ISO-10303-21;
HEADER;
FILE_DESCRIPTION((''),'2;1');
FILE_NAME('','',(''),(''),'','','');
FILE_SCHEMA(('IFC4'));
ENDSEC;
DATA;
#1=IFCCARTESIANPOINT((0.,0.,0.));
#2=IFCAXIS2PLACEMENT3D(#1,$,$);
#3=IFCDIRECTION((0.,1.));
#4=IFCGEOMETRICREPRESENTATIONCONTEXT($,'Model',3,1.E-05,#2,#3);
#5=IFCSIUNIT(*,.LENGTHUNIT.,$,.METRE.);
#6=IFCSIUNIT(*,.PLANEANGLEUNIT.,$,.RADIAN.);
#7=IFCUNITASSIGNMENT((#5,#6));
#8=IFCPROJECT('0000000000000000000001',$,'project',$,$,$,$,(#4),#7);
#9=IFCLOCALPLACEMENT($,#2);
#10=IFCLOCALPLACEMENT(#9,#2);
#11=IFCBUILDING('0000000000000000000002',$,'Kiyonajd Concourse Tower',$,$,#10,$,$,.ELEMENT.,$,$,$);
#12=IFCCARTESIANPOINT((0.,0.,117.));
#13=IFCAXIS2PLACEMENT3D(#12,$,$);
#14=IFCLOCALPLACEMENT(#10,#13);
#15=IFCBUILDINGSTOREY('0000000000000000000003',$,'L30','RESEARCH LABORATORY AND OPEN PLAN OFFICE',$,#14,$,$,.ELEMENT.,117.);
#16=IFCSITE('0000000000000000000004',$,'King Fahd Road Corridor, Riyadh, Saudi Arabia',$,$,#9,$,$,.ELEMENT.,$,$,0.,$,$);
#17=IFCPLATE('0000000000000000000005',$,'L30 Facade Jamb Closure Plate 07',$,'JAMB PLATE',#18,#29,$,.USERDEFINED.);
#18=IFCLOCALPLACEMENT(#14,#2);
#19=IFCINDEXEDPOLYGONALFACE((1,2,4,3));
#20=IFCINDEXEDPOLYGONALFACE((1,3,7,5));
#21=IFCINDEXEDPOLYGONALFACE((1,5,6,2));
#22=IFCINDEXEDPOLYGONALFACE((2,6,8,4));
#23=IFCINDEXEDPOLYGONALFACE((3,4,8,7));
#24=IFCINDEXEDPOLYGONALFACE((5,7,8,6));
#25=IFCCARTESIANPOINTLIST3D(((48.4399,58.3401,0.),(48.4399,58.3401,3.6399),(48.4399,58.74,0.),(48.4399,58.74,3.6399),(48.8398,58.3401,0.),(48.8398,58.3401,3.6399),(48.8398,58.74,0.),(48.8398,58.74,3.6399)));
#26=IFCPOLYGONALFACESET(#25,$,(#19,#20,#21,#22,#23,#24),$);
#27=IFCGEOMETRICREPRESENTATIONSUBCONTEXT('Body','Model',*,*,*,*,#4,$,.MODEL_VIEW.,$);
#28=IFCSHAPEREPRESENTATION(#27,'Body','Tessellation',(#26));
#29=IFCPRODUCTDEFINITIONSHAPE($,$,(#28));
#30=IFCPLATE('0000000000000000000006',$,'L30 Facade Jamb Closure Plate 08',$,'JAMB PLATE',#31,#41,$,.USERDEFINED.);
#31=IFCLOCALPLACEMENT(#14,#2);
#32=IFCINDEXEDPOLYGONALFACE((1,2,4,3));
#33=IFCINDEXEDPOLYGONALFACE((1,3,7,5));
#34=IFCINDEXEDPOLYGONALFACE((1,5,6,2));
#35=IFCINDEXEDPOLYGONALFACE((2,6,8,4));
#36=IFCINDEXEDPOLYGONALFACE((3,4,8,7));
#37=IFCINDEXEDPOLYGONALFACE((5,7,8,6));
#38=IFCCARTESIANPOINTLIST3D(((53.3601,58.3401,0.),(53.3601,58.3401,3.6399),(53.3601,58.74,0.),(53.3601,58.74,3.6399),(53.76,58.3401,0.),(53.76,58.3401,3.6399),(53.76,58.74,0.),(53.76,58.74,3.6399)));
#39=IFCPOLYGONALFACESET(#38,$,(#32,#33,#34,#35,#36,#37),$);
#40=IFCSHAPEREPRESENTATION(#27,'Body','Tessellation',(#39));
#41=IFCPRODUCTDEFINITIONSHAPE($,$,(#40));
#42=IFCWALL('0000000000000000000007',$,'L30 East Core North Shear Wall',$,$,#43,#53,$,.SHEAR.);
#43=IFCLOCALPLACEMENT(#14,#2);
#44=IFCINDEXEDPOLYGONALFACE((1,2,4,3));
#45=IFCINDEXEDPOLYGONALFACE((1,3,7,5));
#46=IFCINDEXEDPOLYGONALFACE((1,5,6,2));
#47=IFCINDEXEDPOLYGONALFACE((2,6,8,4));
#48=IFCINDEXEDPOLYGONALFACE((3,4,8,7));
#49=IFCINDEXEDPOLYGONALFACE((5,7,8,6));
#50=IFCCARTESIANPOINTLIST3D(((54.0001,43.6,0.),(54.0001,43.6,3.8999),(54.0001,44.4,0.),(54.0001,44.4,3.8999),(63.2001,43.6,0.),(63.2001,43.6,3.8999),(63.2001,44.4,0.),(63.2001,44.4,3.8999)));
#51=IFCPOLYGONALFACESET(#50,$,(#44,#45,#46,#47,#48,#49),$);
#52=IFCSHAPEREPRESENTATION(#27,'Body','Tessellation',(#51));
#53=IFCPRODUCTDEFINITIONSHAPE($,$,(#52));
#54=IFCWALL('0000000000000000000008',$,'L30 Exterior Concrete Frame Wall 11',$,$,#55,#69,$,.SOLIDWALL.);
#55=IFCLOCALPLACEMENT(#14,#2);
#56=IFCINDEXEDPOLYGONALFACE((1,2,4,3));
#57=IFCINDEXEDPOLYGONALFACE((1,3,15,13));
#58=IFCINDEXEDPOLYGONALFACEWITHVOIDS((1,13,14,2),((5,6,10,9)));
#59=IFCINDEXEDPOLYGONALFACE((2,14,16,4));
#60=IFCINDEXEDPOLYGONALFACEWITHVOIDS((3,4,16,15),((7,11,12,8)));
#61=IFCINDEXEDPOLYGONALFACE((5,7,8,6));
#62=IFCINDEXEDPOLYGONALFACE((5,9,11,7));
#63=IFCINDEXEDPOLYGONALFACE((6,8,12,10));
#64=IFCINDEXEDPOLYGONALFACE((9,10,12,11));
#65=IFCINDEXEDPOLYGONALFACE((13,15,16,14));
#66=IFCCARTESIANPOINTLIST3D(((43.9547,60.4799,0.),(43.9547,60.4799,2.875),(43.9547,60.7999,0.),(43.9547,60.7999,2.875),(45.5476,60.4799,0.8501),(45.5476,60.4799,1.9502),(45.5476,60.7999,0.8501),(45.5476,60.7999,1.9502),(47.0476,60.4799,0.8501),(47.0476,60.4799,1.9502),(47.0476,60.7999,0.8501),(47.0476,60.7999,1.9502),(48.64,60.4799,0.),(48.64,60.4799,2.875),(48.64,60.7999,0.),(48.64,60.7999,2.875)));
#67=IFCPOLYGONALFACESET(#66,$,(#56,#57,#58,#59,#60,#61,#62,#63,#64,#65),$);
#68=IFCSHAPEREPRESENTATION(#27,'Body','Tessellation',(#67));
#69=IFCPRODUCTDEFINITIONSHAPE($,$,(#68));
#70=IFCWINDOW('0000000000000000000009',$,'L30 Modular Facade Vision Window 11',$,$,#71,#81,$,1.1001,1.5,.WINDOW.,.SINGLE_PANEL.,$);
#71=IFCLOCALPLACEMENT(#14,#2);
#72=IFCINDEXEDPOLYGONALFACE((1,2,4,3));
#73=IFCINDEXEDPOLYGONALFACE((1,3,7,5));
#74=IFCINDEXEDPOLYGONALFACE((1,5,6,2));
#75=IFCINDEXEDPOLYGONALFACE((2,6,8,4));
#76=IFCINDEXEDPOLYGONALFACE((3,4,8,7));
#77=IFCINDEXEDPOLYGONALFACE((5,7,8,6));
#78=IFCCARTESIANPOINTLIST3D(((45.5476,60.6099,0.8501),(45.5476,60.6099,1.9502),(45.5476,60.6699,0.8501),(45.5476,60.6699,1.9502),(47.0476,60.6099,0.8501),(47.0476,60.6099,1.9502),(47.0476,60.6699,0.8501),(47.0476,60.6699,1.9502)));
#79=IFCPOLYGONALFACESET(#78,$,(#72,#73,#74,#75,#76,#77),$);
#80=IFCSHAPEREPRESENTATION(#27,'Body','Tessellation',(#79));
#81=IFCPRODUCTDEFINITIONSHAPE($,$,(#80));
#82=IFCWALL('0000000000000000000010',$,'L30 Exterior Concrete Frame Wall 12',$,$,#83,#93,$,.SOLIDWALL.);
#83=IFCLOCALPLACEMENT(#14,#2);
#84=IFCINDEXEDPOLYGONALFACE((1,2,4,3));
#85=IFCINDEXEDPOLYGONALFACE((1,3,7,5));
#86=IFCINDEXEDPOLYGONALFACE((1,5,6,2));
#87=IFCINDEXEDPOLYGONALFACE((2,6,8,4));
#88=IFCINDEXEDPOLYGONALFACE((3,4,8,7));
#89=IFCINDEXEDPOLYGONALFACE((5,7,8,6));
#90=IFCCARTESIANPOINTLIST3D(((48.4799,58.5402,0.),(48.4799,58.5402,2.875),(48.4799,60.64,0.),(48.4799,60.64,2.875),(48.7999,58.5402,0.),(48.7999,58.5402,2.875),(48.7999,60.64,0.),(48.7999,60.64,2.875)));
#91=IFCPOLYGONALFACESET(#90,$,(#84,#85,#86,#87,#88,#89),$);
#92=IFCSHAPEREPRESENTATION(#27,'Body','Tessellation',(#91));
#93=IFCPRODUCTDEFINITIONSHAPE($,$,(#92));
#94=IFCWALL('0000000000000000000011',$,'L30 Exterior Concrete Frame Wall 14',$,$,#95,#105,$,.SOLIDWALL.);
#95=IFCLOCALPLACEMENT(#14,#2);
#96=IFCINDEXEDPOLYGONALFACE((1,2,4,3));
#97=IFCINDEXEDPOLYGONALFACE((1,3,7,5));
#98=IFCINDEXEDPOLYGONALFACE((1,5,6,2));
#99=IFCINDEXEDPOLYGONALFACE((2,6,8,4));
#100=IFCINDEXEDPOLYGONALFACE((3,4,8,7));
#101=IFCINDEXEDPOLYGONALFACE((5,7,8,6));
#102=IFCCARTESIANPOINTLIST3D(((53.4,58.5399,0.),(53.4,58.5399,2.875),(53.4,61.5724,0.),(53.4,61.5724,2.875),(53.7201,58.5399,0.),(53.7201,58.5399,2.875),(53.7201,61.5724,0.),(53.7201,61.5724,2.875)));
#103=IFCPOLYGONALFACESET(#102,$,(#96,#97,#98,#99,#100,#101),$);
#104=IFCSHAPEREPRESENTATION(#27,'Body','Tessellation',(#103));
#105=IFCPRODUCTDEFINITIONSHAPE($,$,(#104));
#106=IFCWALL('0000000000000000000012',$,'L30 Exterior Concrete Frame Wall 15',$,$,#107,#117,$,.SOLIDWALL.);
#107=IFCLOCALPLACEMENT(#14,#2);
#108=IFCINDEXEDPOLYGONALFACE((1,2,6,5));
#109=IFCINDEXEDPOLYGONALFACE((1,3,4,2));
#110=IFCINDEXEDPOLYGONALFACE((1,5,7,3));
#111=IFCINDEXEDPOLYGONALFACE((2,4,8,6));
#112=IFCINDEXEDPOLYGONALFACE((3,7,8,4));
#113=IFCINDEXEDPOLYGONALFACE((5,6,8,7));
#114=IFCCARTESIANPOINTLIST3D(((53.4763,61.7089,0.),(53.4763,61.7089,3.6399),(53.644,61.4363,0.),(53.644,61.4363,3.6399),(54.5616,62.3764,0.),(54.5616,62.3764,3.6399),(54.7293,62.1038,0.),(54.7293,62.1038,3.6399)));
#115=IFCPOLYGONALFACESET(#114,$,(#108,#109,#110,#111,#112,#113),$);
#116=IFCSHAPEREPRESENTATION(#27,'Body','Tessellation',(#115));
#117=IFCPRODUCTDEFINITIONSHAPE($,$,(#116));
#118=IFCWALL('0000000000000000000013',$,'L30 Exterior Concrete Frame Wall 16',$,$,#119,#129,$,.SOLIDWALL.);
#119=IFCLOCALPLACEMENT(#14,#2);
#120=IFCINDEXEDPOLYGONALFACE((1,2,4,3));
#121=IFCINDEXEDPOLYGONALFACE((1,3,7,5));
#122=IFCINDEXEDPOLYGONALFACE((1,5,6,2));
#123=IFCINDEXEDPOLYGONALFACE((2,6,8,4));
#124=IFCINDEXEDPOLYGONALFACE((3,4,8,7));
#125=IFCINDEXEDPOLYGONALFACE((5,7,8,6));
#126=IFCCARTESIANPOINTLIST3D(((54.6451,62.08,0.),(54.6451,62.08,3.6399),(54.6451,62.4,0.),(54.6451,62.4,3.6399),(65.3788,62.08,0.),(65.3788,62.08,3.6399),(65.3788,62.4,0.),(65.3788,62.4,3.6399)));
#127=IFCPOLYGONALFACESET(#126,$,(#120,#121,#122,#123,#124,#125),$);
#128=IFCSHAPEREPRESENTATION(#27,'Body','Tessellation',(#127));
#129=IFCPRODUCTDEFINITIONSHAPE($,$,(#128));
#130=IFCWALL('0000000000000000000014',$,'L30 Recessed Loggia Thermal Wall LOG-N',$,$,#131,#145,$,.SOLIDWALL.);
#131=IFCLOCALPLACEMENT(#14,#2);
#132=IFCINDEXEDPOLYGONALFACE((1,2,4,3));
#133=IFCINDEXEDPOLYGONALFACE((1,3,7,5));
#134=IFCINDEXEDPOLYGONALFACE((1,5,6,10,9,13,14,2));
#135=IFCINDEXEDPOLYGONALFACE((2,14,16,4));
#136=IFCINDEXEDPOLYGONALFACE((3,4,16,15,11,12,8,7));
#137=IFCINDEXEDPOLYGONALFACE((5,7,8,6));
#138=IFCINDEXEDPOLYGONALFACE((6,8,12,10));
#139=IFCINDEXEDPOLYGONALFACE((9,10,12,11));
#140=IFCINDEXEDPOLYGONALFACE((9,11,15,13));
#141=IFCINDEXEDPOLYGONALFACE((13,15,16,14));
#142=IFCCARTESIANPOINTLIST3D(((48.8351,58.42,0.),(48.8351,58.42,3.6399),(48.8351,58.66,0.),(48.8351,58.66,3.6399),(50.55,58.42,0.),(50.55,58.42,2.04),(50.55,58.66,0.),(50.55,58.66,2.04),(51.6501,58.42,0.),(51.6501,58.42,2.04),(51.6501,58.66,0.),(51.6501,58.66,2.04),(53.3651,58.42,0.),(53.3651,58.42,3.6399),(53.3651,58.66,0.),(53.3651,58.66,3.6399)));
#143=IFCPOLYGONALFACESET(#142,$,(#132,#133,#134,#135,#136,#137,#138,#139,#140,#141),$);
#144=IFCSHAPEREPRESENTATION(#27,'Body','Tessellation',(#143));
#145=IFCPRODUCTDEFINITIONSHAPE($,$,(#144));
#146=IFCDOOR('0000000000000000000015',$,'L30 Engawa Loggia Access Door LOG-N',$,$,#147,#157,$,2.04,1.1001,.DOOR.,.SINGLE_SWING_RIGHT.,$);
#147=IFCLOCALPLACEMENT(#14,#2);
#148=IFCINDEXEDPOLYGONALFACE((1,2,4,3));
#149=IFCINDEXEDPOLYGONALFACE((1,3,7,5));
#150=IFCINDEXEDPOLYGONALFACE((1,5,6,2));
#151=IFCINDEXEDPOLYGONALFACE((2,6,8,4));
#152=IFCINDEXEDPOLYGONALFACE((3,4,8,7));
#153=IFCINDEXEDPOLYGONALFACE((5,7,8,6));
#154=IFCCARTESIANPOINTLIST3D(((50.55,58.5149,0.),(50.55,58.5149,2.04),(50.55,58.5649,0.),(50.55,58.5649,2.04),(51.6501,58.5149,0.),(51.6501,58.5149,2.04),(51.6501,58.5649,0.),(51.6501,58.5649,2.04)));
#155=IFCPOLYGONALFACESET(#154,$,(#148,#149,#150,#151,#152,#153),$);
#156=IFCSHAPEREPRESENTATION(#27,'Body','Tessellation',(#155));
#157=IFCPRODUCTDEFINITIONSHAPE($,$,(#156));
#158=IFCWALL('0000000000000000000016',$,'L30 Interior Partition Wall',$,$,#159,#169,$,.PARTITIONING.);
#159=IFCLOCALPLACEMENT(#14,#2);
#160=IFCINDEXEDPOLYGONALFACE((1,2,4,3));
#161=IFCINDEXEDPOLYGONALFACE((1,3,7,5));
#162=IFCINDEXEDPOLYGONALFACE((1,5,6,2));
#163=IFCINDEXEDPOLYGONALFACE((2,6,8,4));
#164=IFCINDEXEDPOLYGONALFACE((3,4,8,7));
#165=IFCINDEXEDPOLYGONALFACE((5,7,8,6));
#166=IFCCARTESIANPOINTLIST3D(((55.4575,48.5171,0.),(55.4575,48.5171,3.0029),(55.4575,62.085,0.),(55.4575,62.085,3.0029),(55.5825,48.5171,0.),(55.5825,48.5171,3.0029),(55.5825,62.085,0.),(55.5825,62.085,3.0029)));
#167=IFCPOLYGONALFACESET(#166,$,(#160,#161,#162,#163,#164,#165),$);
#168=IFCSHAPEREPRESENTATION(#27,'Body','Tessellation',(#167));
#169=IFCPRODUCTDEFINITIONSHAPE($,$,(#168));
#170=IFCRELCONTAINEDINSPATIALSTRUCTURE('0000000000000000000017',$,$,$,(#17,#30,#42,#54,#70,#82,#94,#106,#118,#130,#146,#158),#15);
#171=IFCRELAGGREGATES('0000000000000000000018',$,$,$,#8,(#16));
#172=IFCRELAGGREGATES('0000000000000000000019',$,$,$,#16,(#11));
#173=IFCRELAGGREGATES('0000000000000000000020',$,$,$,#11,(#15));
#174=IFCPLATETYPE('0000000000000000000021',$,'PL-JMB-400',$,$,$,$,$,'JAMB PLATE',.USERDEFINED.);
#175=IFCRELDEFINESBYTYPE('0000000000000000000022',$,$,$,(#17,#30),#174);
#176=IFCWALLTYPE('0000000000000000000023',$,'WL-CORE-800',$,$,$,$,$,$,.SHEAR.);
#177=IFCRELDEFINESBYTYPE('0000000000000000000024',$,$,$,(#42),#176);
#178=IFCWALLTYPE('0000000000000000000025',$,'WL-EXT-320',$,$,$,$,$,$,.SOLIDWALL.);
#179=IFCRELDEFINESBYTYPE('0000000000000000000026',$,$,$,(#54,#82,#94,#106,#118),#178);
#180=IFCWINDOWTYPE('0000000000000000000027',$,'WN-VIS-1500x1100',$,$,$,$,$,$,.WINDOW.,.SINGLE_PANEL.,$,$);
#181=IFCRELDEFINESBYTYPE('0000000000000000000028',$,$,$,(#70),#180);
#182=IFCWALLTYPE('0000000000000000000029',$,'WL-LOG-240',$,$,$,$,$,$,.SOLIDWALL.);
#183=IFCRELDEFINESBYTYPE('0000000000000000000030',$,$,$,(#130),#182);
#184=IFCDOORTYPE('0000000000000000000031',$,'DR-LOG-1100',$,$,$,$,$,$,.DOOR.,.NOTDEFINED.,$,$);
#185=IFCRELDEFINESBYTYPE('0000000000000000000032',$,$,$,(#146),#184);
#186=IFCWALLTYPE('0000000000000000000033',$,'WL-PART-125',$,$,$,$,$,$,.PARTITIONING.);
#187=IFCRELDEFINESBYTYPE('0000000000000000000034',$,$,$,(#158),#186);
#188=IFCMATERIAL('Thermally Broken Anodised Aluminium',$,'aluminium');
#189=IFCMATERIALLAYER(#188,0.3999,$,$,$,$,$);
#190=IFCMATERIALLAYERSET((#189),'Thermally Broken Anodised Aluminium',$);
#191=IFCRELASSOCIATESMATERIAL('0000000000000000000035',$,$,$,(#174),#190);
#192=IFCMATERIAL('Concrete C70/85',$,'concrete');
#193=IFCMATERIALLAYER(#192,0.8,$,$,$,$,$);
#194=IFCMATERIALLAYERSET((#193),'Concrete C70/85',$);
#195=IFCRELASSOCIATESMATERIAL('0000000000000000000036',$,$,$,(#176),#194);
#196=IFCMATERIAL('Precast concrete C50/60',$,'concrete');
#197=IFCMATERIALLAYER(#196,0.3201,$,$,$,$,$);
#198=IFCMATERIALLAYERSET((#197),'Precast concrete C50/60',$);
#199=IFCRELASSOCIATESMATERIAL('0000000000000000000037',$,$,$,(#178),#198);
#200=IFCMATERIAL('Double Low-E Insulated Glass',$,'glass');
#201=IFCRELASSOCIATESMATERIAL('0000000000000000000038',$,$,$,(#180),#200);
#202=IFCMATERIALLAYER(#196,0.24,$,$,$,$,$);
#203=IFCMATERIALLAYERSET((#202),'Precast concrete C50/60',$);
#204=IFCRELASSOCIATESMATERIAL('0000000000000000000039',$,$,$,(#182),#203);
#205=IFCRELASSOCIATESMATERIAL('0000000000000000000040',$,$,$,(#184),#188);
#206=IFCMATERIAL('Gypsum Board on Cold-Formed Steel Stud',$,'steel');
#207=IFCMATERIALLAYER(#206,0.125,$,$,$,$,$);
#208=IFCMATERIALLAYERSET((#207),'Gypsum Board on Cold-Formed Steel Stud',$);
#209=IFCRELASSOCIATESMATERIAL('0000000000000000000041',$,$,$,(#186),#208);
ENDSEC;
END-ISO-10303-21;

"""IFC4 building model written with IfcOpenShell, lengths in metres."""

from ifc_helpers import new_model, si_unit, direction, frame, frame_2d, origin, origin_2d, place, context, subcontext, project, spatial, rectangle, extrude, material, layer, layer_set, type_object, element, fill, save


model = new_model("IFC4")

# Units and contexts
model_context = context("Model", 3, precision=1e-05, world=origin(), true_north=direction((0.0, 1.0)))
body_context = subcontext(model_context, "Body", "Model", "MODEL_VIEW")
ifc_project = project(units=[si_unit("LENGTHUNIT", "METRE"), si_unit("PLANEANGLEUNIT", "RADIAN")], contexts=[model_context])

# Site, building, storey
site_placement = place(None, origin())
site = spatial("IfcSite", under=ifc_project, at=site_placement, Name="King Fahd Road Corridor, Riyadh, Saudi Arabia", CompositionType="ELEMENT", RefElevation=0.0)
building_placement = place(site_placement, origin())
building = spatial("IfcBuilding", under=site, at=building_placement, Name="Kiyonajd Concourse Tower", CompositionType="ELEMENT")
storey_placement = place(building_placement, frame((0.0, 0.0, 117.0)))
storey = spatial("IfcBuildingStorey", under=building, at=storey_placement, Name="L30", Description="RESEARCH LABORATORY AND OPEN PLAN OFFICE", CompositionType="ELEMENT", Elevation=117.0)

# Shared definitions
ifc_material_1 = material(Name="Concrete C70/85", Category="concrete")

# Shared definitions
ifc_material_2 = material(Name="Precast concrete C50/60", Category="concrete")

# Plates
ifc_material_3 = material(Name="Thermally Broken Anodised Aluminium", Category="aluminium")
ifc_layer_1 = layer(ifc_material_3, 0.3999)
ifc_layer_set_1 = layer_set([ifc_layer_1], Name="Thermally Broken Anodised Aluminium")
plate_type = type_object("IfcPlateType", Name="PL-JMB-400", ElementType="JAMB PLATE", PredefinedType="USERDEFINED", material=ifc_layer_set_1)
for number, where, z_axis, x_axis, name in (
    (1, (48.6399, 58.54, 0.0), (0.0, 0.0, 1.0), (1.0, 0.0, 0.0), "L30 Facade Jamb Closure Plate 07"),
    (2, (53.5601, 58.54, 0.0), (0.0, 0.0, 1.0), (1.0, 0.0, 0.0), "L30 Facade Jamb Closure Plate 08"),
):
    element("IfcPlate", number, at=place(storey_placement, frame(where, z_axis=z_axis, x_axis=x_axis)), inside=storey, type_object=plate_type, Name=name, ObjectType="JAMB PLATE", PredefinedType="USERDEFINED", context=body_context, shape_type="SweptSolid", body=[
        extrude(rectangle(XDim=0.3999, YDim=0.3999, at=origin_2d()), origin(), (0.0, 0.0, 1.0), 3.6399),
    ])

# Wall
ifc_layer_2 = layer(ifc_material_1, 0.8)
ifc_layer_set_2 = layer_set([ifc_layer_2], Name="Concrete C70/85")
wall_type_1 = type_object("IfcWallType", Name="WL-CORE-800", PredefinedType="SHEAR", material=ifc_layer_set_2)
wall_1_placement = place(storey_placement, frame((54.0, 44.0, 0.0), z_axis=(0.0, 0.0, 1.0), x_axis=(1.0, 0.0, 0.0)))
element("IfcWall", 3, at=wall_1_placement, inside=storey, type_object=wall_type_1, Name="L30 East Core North Shear Wall", PredefinedType="SHEAR", context=body_context, shape_type="SweptSolid", body=[
    extrude(rectangle(XDim=9.2, YDim=0.8, at=frame_2d((4.6001, 0.0))), origin(), (0.0, 0.0, 1.0), 3.8999),
])

# Wall, opening, window
ifc_layer_3 = layer(ifc_material_2, 0.3201)
ifc_layer_set_3 = layer_set([ifc_layer_3], Name="Precast concrete C50/60")
wall_type_2 = type_object("IfcWallType", Name="WL-EXT-320", PredefinedType="SOLIDWALL", material=ifc_layer_set_3)
wall_2_placement = place(storey_placement, frame((43.9546, 60.6399, 0.0), z_axis=(0.0, 0.0, 1.0), x_axis=(1.0, 0.0, 0.0)))
wall_2 = element("IfcWall", 4, at=wall_2_placement, inside=storey, type_object=wall_type_2, Name="L30 Exterior Concrete Frame Wall 11", PredefinedType="SOLIDWALL", context=body_context, shape_type="SweptSolid", body=[
    extrude(rectangle(XDim=4.6853, YDim=0.3201, at=frame_2d((2.3428, 0.0))), origin(), (0.0, 0.0, 1.0), 2.875),
])
opening_1_placement = place(wall_2_placement, frame((1.593, 0.0, 0.8501)))
opening_1 = element("IfcOpeningElement", 5, at=opening_1_placement, cuts=wall_2, PredefinedType="OPENING", context=body_context, shape_type="SweptSolid", body=[
    extrude(rectangle(XDim=1.5, YDim=1.1001, at=frame_2d((0.75, 0.55))), frame((0.0, 0.1699, 0.0), z_axis=(0.0, -1.0, 0.0), x_axis=(1.0, 0.0, 0.0)), (0.0, 0.0, 1.0), 0.3401),
])
ifc_material_4 = material(Name="Double Low-E Insulated Glass", Category="glass")
window_type = type_object("IfcWindowType", Name="WN-VIS-1500x1100", PartitioningType="SINGLE_PANEL", PredefinedType="WINDOW", material=ifc_material_4)
window_placement = place(opening_1_placement, origin())
window = element("IfcWindow", 6, at=window_placement, inside=storey, type_object=window_type, Name="L30 Modular Facade Vision Window 11", OverallHeight=1.1001, OverallWidth=1.5, PartitioningType="SINGLE_PANEL", PredefinedType="WINDOW", context=body_context, shape_type="SweptSolid", body=[
    extrude(rectangle(XDim=1.5, YDim=1.1001, at=frame_2d((0.75, 0.55))), frame((0.0, 0.03, 0.0), z_axis=(0.0, -1.0, 0.0), x_axis=(1.0, 0.0, 0.0)), (0.0, 0.0, 1.0), 0.0601),
])
fill(opening_1, window)

# Walls
wall_3_placement = place(storey_placement, frame((48.6399, 60.6399, 0.0), z_axis=(0.0, 0.0, 1.0), x_axis=(0.0, -1.0, 0.0)))
element("IfcWall", 7, at=wall_3_placement, inside=storey, type_object=wall_type_2, Name="L30 Exterior Concrete Frame Wall 12", PredefinedType="SOLIDWALL", context=body_context, shape_type="SweptSolid", body=[
    extrude(rectangle(XDim=2.0999, YDim=0.3201, at=frame_2d((1.0498, 0.0))), origin(), (0.0, 0.0, 1.0), 2.875),
])
wall_4_placement = place(storey_placement, frame((53.5601, 58.54, 0.0), z_axis=(0.0, 0.0, 1.0), x_axis=(0.0, 1.0, 0.0)))
element("IfcWall", 8, at=wall_4_placement, inside=storey, type_object=wall_type_2, Name="L30 Exterior Concrete Frame Wall 14", PredefinedType="SOLIDWALL", context=body_context, shape_type="SweptSolid", body=[
    extrude(rectangle(XDim=3.0325, YDim=0.3201, at=frame_2d((1.5161, 0.0))), origin(), (0.0, 0.0, 1.0), 2.875),
])
wall_5_placement = place(storey_placement, frame((53.5601, 61.5725, 0.0), z_axis=(0.0, 0.0, 1.0), x_axis=(0.851777, 0.523905, 0.0)))
element("IfcWall", 9, at=wall_5_placement, inside=storey, type_object=wall_type_2, Name="L30 Exterior Concrete Frame Wall 15", PredefinedType="SOLIDWALL", context=body_context, shape_type="SweptSolid", body=[
    extrude(rectangle(XDim=1.2742, YDim=0.3201, at=frame_2d((0.6372, 0.0))), origin(), (0.0, 0.0, 1.0), 3.6399),
])
wall_6_placement = place(storey_placement, frame((54.6453, 62.24, 0.0), z_axis=(0.0, 0.0, 1.0), x_axis=(1.0, 0.0, 0.0)))
element("IfcWall", 10, at=wall_6_placement, inside=storey, type_object=wall_type_2, Name="L30 Exterior Concrete Frame Wall 16", PredefinedType="SOLIDWALL", context=body_context, shape_type="SweptSolid", body=[
    extrude(rectangle(XDim=10.7336, YDim=0.3201, at=frame_2d((5.3667, 0.0))), origin(), (0.0, 0.0, 1.0), 3.6399),
])

# Wall, opening, door
ifc_layer_4 = layer(ifc_material_2, 0.24)
ifc_layer_set_4 = layer_set([ifc_layer_4], Name="Precast concrete C50/60")
wall_type_3 = type_object("IfcWallType", Name="WL-LOG-240", PredefinedType="SOLIDWALL", material=ifc_layer_set_4)
wall_7_placement = place(storey_placement, frame((48.835, 58.54, 0.0), z_axis=(0.0, 0.0, 1.0), x_axis=(1.0, 0.0, 0.0)))
wall_7 = element("IfcWall", 11, at=wall_7_placement, inside=storey, type_object=wall_type_3, Name="L30 Recessed Loggia Thermal Wall LOG-N", PredefinedType="SOLIDWALL", context=body_context, shape_type="SweptSolid", body=[
    extrude(rectangle(XDim=4.53, YDim=0.24, at=frame_2d((2.2651, 0.0))), origin(), (0.0, 0.0, 1.0), 3.6399),
])
opening_2_placement = place(wall_7_placement, frame((1.7151, 0.0, 0.0)))
opening_2 = element("IfcOpeningElement", 12, at=opening_2_placement, cuts=wall_7, PredefinedType="OPENING", context=body_context, shape_type="SweptSolid", body=[
    extrude(rectangle(XDim=1.1001, YDim=2.04, at=frame_2d((0.55, 1.02))), frame((0.0, 0.1299, 0.0), z_axis=(0.0, -1.0, 0.0), x_axis=(1.0, 0.0, 0.0)), (0.0, 0.0, 1.0), 0.26),
])
door_type = type_object("IfcDoorType", Name="DR-LOG-1100", OperationType="NOTDEFINED", PredefinedType="DOOR", material=ifc_material_3)
door_placement = place(opening_2_placement, origin())
door = element("IfcDoor", 13, at=door_placement, inside=storey, type_object=door_type, Name="L30 Engawa Loggia Access Door LOG-N", OperationType="SINGLE_SWING_RIGHT", OverallHeight=2.04, OverallWidth=1.1001, PredefinedType="DOOR", context=body_context, shape_type="SweptSolid", body=[
    extrude(rectangle(XDim=1.1001, YDim=2.04, at=frame_2d((0.55, 1.02))), frame((0.0, 0.0249, 0.0), z_axis=(0.0, -1.0, 0.0), x_axis=(1.0, 0.0, 0.0)), (0.0, 0.0, 1.0), 0.05),
])
fill(opening_2, door)

# Wall
ifc_material_5 = material(Name="Gypsum Board on Cold-Formed Steel Stud", Category="steel")
ifc_layer_5 = layer(ifc_material_5, 0.125)
ifc_layer_set_5 = layer_set([ifc_layer_5], Name="Gypsum Board on Cold-Formed Steel Stud")
wall_type_4 = type_object("IfcWallType", Name="WL-PART-125", PredefinedType="PARTITIONING", material=ifc_layer_set_5)
wall_8_placement = place(storey_placement, frame((55.52, 48.5171, 0.0), z_axis=(0.0, 0.0, 1.0), x_axis=(0.0, 1.0, 0.0)))
element("IfcWall", 14, at=wall_8_placement, inside=storey, type_object=wall_type_4, Name="L30 Interior Partition Wall", PredefinedType="PARTITIONING", context=body_context, shape_type="SweptSolid", body=[
    extrude(rectangle(XDim=13.5679, YDim=0.125, at=frame_2d((6.7839, 0.0))), origin(), (0.0, 0.0, 1.0), 3.0029),
])

save(model, "model.ifc")
